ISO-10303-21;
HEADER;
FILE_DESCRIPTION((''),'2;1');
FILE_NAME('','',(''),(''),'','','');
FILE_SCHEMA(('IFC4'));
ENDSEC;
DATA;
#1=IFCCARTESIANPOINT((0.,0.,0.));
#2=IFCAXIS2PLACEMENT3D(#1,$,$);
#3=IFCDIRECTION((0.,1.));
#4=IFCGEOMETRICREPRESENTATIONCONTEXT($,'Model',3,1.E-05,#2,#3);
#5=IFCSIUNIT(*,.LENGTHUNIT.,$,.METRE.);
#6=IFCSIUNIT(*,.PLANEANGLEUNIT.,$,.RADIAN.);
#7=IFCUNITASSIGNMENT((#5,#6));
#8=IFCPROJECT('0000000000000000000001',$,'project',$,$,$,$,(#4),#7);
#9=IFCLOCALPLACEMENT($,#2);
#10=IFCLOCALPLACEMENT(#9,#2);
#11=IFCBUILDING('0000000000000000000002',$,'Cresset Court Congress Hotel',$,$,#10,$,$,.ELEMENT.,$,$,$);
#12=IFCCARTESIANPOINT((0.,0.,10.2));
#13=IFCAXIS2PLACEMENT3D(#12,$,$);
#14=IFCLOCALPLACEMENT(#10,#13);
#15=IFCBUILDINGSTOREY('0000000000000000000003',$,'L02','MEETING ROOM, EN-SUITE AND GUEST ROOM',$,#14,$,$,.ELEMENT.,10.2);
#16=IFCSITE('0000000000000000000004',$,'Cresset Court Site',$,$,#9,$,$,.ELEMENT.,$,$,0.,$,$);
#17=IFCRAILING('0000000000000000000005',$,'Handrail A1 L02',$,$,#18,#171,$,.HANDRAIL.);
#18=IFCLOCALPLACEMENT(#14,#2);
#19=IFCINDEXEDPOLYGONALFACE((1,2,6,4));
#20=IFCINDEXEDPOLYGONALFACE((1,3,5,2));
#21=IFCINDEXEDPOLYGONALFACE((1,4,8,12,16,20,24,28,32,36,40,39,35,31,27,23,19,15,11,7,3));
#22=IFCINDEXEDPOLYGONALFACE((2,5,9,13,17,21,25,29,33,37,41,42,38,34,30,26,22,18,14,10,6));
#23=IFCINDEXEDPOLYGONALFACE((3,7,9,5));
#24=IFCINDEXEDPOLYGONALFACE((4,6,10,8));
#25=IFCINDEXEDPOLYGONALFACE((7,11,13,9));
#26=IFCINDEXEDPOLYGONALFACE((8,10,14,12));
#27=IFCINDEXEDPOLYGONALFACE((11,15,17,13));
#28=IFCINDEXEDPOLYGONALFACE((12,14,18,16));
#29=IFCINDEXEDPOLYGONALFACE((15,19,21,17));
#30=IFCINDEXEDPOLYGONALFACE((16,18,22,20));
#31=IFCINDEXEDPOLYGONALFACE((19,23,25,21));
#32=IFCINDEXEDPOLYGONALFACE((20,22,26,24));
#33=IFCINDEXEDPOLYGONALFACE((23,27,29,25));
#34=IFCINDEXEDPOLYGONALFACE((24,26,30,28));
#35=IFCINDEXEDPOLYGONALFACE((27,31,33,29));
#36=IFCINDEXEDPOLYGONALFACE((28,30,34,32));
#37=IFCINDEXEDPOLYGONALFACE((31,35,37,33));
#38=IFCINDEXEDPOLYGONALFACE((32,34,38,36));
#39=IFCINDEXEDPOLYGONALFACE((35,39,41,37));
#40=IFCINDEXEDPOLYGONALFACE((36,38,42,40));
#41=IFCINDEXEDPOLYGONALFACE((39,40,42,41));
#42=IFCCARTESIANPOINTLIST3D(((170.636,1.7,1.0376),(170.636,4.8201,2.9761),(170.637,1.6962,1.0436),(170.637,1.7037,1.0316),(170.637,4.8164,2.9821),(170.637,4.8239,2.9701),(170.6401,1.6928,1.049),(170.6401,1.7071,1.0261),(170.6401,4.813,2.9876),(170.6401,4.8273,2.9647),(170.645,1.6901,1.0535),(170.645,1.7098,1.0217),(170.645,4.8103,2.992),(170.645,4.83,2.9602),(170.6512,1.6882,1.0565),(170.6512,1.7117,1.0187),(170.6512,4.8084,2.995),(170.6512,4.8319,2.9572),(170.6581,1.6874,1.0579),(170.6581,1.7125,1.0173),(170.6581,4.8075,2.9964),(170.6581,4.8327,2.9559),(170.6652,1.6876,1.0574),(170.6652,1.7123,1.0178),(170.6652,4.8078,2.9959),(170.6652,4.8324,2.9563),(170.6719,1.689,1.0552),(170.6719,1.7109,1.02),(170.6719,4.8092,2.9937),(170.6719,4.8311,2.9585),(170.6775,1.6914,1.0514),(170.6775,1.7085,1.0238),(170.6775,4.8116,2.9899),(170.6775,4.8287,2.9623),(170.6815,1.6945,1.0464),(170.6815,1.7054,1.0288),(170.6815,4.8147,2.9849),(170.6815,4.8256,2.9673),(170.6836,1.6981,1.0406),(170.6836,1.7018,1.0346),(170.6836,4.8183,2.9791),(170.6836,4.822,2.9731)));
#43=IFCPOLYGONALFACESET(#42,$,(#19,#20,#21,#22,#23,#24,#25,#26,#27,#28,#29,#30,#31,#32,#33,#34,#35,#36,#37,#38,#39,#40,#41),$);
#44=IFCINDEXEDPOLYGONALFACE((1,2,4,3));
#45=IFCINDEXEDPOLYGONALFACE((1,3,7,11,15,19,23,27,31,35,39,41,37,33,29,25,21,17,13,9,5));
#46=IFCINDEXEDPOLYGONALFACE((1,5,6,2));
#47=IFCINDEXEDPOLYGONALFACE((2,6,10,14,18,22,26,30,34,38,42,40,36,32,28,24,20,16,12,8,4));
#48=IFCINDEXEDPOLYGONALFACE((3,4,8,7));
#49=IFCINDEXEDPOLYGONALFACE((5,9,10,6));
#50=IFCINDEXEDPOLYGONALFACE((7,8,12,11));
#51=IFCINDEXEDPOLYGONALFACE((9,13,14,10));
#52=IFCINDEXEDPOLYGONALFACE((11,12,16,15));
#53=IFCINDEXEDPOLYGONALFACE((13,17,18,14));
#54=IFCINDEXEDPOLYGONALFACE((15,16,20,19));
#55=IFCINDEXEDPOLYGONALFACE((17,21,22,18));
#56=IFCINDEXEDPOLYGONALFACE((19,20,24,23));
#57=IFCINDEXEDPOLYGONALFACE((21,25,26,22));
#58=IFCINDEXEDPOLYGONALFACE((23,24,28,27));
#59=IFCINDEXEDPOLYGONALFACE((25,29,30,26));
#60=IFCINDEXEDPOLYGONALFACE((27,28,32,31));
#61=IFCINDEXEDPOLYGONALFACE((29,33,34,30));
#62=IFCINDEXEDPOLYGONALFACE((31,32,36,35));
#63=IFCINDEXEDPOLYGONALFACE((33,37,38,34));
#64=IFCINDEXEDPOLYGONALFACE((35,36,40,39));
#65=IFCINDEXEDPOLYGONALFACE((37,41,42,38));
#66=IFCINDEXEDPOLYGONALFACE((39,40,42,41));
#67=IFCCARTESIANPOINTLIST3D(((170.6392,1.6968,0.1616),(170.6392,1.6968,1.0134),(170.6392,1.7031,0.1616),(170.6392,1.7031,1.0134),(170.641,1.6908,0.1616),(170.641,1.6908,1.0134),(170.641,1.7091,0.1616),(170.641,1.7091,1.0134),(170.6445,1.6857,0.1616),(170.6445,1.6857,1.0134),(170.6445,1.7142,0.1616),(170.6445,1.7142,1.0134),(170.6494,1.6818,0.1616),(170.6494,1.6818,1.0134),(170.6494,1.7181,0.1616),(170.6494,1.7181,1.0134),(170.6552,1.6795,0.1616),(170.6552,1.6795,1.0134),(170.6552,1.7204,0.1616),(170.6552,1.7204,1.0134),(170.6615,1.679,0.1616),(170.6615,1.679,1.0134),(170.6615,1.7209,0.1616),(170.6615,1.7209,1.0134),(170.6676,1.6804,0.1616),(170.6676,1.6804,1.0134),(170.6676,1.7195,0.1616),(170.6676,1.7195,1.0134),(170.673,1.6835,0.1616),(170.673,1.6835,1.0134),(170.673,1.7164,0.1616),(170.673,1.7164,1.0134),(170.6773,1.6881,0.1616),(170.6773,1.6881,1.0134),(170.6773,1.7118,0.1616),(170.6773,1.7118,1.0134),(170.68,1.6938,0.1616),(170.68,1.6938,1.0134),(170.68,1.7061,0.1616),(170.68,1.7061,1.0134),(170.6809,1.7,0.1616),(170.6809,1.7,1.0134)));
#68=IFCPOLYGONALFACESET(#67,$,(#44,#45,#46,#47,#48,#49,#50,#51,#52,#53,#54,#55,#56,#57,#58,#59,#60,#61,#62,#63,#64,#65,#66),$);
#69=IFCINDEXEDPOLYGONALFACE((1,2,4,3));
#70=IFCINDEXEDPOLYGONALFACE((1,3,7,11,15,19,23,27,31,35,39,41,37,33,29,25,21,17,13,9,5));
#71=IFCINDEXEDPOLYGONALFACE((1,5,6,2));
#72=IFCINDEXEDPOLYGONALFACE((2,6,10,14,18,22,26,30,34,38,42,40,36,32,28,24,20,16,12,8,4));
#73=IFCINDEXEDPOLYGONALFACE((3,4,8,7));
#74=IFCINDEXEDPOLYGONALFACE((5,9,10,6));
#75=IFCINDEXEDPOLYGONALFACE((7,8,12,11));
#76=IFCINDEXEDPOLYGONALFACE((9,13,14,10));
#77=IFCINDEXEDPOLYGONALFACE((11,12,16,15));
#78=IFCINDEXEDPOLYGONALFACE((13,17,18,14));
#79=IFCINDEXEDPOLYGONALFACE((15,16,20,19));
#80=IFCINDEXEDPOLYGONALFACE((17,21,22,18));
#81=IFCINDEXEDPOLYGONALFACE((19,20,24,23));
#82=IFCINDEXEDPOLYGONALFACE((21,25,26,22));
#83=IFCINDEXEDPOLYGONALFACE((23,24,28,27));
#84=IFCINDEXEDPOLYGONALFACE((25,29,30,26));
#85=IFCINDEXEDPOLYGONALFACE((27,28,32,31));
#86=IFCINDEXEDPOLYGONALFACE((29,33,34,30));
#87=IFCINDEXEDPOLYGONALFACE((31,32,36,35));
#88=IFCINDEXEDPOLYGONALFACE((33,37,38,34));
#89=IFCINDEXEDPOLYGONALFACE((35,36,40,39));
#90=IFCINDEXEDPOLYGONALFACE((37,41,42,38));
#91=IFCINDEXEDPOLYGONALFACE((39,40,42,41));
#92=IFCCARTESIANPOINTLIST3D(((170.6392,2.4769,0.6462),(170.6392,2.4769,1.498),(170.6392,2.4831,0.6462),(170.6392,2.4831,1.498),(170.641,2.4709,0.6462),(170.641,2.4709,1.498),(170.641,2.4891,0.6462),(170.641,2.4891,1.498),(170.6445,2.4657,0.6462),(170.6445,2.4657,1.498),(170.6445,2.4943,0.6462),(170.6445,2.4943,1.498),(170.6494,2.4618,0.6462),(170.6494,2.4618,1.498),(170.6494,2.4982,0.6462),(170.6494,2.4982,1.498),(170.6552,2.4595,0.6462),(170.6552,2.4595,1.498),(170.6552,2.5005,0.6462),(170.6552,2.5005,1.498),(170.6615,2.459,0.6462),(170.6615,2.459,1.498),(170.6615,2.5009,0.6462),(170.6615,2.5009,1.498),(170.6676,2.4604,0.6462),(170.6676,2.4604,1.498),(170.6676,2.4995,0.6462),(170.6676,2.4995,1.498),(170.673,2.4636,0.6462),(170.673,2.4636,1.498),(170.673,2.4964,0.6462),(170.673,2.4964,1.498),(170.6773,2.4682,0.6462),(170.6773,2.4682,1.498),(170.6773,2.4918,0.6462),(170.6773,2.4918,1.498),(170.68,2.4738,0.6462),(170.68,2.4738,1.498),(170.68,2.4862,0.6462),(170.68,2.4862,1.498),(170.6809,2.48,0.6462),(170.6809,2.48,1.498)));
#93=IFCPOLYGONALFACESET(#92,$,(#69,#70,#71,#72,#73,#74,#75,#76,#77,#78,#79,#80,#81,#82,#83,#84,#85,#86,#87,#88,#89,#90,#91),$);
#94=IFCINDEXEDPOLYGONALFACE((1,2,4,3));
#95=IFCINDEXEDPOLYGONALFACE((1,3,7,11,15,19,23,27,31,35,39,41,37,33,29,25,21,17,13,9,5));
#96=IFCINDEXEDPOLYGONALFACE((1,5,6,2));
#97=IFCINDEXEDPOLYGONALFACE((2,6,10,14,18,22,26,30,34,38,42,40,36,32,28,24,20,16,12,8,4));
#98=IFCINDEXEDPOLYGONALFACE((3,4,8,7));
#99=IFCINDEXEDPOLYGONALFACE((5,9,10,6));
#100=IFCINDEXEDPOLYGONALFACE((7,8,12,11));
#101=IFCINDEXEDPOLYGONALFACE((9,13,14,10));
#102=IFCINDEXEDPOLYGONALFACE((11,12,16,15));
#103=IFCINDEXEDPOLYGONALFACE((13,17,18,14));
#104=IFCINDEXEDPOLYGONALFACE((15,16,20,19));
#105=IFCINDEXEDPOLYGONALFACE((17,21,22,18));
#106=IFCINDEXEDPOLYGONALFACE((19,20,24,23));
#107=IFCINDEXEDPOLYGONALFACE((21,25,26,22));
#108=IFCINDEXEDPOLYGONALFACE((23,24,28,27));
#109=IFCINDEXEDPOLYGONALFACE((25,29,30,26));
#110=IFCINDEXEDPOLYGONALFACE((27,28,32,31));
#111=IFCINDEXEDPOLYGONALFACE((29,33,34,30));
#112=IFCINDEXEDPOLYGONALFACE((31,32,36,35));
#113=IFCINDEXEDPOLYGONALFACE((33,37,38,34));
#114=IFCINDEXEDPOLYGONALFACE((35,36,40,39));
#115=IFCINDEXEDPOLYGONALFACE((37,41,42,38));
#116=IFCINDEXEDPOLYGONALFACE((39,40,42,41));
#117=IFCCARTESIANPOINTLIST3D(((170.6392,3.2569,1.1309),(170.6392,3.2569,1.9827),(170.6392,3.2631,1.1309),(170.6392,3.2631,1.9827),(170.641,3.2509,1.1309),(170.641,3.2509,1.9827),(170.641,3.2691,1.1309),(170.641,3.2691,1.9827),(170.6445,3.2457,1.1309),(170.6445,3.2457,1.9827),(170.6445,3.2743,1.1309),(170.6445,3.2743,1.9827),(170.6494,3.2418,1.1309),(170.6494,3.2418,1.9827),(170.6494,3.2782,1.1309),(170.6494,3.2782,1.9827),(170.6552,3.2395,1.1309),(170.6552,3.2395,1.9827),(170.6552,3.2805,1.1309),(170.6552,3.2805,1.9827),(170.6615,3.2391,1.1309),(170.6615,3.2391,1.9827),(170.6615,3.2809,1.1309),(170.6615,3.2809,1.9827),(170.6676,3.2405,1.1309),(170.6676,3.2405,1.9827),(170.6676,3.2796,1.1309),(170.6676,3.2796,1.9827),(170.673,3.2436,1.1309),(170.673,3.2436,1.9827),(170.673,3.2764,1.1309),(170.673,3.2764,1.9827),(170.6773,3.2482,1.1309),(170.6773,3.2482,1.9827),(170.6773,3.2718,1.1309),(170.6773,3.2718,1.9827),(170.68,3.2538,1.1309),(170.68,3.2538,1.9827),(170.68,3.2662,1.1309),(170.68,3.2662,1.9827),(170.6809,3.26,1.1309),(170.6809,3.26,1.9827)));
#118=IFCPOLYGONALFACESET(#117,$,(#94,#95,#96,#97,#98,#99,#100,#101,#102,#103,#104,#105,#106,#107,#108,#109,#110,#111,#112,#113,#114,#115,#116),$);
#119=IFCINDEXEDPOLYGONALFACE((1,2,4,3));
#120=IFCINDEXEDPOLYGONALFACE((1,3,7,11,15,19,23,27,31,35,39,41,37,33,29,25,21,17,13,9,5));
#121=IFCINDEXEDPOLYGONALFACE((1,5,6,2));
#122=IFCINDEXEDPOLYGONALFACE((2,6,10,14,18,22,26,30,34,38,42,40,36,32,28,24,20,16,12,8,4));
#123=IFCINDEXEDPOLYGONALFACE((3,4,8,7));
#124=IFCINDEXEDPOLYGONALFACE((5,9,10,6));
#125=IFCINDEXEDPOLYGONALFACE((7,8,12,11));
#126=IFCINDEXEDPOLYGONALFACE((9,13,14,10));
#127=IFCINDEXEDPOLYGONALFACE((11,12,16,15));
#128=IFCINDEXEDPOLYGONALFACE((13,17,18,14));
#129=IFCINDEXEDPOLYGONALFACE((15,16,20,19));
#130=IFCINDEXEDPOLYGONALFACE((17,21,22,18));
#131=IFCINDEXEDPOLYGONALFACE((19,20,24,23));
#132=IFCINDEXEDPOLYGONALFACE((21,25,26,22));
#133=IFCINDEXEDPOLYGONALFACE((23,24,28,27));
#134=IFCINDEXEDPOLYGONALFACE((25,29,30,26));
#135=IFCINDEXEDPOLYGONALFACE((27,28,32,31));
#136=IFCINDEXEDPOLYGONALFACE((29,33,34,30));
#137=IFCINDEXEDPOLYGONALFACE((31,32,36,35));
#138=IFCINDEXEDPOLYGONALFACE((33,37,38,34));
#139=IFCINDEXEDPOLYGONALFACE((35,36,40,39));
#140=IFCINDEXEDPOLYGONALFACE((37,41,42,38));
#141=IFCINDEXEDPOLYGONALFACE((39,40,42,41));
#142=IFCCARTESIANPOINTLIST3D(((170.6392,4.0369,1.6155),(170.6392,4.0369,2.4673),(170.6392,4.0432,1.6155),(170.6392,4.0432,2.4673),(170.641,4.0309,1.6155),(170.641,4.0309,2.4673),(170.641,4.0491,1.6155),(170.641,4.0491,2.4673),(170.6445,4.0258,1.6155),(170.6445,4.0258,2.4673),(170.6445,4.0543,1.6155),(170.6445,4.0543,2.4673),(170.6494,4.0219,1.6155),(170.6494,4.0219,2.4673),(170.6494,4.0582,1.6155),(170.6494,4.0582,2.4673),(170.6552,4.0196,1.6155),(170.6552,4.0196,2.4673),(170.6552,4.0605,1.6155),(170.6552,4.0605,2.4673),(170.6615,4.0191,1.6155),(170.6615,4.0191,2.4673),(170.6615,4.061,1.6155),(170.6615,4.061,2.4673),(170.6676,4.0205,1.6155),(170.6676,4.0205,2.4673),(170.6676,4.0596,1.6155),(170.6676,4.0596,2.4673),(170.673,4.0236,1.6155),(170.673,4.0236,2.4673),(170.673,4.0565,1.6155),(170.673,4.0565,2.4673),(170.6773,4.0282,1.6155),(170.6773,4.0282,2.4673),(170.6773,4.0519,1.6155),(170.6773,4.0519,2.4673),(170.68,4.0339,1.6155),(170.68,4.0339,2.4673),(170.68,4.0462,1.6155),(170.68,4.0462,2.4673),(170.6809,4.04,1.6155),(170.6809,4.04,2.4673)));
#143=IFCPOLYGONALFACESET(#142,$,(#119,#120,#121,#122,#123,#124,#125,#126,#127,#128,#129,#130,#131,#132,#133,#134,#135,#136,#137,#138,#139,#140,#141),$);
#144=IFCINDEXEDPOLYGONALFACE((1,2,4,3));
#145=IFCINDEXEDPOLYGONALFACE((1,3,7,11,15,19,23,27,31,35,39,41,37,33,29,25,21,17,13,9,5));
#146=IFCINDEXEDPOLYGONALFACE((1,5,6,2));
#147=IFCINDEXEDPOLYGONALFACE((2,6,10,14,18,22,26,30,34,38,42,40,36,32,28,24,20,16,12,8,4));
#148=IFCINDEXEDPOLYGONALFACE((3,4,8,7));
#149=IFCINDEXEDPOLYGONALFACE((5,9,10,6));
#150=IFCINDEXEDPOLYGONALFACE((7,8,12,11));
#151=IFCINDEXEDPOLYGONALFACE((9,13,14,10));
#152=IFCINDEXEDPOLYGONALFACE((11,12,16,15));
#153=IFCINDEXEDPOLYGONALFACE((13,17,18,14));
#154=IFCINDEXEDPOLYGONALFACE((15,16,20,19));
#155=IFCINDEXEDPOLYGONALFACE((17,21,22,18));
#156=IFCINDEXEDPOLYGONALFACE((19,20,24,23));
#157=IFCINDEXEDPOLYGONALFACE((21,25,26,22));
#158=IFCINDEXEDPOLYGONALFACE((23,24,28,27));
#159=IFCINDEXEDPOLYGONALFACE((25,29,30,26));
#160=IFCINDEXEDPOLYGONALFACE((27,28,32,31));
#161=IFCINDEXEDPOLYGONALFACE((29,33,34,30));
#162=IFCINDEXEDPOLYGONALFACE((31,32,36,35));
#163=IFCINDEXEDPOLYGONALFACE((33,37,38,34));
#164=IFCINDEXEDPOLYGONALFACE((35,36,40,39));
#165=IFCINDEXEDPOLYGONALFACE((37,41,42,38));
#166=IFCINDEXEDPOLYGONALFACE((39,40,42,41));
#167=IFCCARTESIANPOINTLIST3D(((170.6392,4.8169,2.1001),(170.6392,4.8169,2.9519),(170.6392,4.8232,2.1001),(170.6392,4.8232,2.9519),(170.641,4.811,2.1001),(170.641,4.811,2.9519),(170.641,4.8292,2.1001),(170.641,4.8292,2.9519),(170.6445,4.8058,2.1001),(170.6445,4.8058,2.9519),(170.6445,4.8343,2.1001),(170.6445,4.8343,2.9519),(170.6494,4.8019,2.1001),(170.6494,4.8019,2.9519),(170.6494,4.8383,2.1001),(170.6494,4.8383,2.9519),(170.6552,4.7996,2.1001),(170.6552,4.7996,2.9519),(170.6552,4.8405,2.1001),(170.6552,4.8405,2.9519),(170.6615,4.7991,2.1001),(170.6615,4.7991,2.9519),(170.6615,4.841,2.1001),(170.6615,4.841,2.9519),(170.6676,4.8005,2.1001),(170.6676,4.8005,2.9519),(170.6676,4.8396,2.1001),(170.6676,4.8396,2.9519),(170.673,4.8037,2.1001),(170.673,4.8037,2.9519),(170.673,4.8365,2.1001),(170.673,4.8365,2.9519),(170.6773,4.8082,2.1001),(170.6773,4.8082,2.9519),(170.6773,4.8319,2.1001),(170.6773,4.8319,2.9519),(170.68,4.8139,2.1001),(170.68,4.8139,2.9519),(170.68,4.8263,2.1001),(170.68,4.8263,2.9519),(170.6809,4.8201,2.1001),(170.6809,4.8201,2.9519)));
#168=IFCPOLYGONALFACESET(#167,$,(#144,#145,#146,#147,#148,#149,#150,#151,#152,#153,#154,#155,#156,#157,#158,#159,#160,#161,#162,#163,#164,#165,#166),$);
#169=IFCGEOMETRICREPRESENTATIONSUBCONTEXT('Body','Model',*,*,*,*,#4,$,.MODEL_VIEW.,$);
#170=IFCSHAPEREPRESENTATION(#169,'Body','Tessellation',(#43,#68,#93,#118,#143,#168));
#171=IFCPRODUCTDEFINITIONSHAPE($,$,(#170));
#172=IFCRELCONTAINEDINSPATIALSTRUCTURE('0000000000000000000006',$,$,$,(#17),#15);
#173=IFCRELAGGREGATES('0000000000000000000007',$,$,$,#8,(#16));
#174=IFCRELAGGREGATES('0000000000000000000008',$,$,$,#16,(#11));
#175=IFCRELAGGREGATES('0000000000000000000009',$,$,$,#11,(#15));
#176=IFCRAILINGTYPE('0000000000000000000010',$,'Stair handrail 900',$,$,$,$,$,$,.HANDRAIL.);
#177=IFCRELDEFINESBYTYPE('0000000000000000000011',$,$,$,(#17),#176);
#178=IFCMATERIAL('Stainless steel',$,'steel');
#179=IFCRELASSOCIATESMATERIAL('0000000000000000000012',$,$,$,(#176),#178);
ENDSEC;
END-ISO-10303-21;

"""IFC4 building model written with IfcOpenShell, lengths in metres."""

from ifc_helpers import new_model, si_unit, direction, frame, origin, origin_2d, place, context, subcontext, project, spatial, circle, extrude, material, type_object, element, save


model = new_model("IFC4")

# Units and contexts
model_context = context("Model", 3, precision=1e-05, world=origin(), true_north=direction((0.0, 1.0)))
body_context = subcontext(model_context, "Body", "Model", "MODEL_VIEW")
ifc_project = project(units=[si_unit("LENGTHUNIT", "METRE"), si_unit("PLANEANGLEUNIT", "RADIAN")], contexts=[model_context])

# Site, building, storey
site_placement = place(None, origin())
site = spatial("IfcSite", under=ifc_project, at=site_placement, Name="Cresset Court Site", CompositionType="ELEMENT", RefElevation=0.0)
building_placement = place(site_placement, origin())
building = spatial("IfcBuilding", under=site, at=building_placement, Name="Cresset Court Congress Hotel", CompositionType="ELEMENT")
storey_placement = place(building_placement, frame((0.0, 0.0, 10.2)))
storey = spatial("IfcBuildingStorey", under=building, at=storey_placement, Name="L02", Description="MEETING ROOM, EN-SUITE AND GUEST ROOM", CompositionType="ELEMENT", Elevation=10.2)

# Railing
ifc_material_1 = material(Name="Stainless steel", Category="steel")
railing_type = type_object("IfcRailingType", Name="Stair handrail 900", PredefinedType="HANDRAIL", material=ifc_material_1)
railing_placement = place(storey_placement, frame((170.6599, 1.7, 0.1616)))
element("IfcRailing", 1, at=railing_placement, inside=storey, type_object=railing_type, Name="Handrail A1 L02", PredefinedType="HANDRAIL", context=body_context, shape_type="SweptSolid", body=[
    extrude(circle(Radius=0.0239, at=origin_2d()), frame((0.0, 0.0, 0.876), z_axis=(0.0, 0.849414, 0.527727), x_axis=(-1.0, 0.0, 0.0)), (0.0, 0.0, 1.0), 3.6733),
    extrude(circle(Radius=0.021, at=origin_2d()), origin(), (0.0, 0.0, 1.0), 0.8518),
    extrude(circle(Radius=0.021, at=origin_2d()), frame((0.0, 0.78, 0.4846)), (0.0, 0.0, 1.0), 0.8518),
    extrude(circle(Radius=0.021, at=origin_2d()), frame((0.0, 1.5601, 0.9692)), (0.0, 0.0, 1.0), 0.8518),
    extrude(circle(Radius=0.021, at=origin_2d()), frame((0.0, 2.3401, 1.4539)), (0.0, 0.0, 1.0), 0.8518),
    extrude(circle(Radius=0.021, at=origin_2d()), frame((0.0, 3.1201, 1.9385)), (0.0, 0.0, 1.0), 0.8518),
])

save(model, "model.ifc")
